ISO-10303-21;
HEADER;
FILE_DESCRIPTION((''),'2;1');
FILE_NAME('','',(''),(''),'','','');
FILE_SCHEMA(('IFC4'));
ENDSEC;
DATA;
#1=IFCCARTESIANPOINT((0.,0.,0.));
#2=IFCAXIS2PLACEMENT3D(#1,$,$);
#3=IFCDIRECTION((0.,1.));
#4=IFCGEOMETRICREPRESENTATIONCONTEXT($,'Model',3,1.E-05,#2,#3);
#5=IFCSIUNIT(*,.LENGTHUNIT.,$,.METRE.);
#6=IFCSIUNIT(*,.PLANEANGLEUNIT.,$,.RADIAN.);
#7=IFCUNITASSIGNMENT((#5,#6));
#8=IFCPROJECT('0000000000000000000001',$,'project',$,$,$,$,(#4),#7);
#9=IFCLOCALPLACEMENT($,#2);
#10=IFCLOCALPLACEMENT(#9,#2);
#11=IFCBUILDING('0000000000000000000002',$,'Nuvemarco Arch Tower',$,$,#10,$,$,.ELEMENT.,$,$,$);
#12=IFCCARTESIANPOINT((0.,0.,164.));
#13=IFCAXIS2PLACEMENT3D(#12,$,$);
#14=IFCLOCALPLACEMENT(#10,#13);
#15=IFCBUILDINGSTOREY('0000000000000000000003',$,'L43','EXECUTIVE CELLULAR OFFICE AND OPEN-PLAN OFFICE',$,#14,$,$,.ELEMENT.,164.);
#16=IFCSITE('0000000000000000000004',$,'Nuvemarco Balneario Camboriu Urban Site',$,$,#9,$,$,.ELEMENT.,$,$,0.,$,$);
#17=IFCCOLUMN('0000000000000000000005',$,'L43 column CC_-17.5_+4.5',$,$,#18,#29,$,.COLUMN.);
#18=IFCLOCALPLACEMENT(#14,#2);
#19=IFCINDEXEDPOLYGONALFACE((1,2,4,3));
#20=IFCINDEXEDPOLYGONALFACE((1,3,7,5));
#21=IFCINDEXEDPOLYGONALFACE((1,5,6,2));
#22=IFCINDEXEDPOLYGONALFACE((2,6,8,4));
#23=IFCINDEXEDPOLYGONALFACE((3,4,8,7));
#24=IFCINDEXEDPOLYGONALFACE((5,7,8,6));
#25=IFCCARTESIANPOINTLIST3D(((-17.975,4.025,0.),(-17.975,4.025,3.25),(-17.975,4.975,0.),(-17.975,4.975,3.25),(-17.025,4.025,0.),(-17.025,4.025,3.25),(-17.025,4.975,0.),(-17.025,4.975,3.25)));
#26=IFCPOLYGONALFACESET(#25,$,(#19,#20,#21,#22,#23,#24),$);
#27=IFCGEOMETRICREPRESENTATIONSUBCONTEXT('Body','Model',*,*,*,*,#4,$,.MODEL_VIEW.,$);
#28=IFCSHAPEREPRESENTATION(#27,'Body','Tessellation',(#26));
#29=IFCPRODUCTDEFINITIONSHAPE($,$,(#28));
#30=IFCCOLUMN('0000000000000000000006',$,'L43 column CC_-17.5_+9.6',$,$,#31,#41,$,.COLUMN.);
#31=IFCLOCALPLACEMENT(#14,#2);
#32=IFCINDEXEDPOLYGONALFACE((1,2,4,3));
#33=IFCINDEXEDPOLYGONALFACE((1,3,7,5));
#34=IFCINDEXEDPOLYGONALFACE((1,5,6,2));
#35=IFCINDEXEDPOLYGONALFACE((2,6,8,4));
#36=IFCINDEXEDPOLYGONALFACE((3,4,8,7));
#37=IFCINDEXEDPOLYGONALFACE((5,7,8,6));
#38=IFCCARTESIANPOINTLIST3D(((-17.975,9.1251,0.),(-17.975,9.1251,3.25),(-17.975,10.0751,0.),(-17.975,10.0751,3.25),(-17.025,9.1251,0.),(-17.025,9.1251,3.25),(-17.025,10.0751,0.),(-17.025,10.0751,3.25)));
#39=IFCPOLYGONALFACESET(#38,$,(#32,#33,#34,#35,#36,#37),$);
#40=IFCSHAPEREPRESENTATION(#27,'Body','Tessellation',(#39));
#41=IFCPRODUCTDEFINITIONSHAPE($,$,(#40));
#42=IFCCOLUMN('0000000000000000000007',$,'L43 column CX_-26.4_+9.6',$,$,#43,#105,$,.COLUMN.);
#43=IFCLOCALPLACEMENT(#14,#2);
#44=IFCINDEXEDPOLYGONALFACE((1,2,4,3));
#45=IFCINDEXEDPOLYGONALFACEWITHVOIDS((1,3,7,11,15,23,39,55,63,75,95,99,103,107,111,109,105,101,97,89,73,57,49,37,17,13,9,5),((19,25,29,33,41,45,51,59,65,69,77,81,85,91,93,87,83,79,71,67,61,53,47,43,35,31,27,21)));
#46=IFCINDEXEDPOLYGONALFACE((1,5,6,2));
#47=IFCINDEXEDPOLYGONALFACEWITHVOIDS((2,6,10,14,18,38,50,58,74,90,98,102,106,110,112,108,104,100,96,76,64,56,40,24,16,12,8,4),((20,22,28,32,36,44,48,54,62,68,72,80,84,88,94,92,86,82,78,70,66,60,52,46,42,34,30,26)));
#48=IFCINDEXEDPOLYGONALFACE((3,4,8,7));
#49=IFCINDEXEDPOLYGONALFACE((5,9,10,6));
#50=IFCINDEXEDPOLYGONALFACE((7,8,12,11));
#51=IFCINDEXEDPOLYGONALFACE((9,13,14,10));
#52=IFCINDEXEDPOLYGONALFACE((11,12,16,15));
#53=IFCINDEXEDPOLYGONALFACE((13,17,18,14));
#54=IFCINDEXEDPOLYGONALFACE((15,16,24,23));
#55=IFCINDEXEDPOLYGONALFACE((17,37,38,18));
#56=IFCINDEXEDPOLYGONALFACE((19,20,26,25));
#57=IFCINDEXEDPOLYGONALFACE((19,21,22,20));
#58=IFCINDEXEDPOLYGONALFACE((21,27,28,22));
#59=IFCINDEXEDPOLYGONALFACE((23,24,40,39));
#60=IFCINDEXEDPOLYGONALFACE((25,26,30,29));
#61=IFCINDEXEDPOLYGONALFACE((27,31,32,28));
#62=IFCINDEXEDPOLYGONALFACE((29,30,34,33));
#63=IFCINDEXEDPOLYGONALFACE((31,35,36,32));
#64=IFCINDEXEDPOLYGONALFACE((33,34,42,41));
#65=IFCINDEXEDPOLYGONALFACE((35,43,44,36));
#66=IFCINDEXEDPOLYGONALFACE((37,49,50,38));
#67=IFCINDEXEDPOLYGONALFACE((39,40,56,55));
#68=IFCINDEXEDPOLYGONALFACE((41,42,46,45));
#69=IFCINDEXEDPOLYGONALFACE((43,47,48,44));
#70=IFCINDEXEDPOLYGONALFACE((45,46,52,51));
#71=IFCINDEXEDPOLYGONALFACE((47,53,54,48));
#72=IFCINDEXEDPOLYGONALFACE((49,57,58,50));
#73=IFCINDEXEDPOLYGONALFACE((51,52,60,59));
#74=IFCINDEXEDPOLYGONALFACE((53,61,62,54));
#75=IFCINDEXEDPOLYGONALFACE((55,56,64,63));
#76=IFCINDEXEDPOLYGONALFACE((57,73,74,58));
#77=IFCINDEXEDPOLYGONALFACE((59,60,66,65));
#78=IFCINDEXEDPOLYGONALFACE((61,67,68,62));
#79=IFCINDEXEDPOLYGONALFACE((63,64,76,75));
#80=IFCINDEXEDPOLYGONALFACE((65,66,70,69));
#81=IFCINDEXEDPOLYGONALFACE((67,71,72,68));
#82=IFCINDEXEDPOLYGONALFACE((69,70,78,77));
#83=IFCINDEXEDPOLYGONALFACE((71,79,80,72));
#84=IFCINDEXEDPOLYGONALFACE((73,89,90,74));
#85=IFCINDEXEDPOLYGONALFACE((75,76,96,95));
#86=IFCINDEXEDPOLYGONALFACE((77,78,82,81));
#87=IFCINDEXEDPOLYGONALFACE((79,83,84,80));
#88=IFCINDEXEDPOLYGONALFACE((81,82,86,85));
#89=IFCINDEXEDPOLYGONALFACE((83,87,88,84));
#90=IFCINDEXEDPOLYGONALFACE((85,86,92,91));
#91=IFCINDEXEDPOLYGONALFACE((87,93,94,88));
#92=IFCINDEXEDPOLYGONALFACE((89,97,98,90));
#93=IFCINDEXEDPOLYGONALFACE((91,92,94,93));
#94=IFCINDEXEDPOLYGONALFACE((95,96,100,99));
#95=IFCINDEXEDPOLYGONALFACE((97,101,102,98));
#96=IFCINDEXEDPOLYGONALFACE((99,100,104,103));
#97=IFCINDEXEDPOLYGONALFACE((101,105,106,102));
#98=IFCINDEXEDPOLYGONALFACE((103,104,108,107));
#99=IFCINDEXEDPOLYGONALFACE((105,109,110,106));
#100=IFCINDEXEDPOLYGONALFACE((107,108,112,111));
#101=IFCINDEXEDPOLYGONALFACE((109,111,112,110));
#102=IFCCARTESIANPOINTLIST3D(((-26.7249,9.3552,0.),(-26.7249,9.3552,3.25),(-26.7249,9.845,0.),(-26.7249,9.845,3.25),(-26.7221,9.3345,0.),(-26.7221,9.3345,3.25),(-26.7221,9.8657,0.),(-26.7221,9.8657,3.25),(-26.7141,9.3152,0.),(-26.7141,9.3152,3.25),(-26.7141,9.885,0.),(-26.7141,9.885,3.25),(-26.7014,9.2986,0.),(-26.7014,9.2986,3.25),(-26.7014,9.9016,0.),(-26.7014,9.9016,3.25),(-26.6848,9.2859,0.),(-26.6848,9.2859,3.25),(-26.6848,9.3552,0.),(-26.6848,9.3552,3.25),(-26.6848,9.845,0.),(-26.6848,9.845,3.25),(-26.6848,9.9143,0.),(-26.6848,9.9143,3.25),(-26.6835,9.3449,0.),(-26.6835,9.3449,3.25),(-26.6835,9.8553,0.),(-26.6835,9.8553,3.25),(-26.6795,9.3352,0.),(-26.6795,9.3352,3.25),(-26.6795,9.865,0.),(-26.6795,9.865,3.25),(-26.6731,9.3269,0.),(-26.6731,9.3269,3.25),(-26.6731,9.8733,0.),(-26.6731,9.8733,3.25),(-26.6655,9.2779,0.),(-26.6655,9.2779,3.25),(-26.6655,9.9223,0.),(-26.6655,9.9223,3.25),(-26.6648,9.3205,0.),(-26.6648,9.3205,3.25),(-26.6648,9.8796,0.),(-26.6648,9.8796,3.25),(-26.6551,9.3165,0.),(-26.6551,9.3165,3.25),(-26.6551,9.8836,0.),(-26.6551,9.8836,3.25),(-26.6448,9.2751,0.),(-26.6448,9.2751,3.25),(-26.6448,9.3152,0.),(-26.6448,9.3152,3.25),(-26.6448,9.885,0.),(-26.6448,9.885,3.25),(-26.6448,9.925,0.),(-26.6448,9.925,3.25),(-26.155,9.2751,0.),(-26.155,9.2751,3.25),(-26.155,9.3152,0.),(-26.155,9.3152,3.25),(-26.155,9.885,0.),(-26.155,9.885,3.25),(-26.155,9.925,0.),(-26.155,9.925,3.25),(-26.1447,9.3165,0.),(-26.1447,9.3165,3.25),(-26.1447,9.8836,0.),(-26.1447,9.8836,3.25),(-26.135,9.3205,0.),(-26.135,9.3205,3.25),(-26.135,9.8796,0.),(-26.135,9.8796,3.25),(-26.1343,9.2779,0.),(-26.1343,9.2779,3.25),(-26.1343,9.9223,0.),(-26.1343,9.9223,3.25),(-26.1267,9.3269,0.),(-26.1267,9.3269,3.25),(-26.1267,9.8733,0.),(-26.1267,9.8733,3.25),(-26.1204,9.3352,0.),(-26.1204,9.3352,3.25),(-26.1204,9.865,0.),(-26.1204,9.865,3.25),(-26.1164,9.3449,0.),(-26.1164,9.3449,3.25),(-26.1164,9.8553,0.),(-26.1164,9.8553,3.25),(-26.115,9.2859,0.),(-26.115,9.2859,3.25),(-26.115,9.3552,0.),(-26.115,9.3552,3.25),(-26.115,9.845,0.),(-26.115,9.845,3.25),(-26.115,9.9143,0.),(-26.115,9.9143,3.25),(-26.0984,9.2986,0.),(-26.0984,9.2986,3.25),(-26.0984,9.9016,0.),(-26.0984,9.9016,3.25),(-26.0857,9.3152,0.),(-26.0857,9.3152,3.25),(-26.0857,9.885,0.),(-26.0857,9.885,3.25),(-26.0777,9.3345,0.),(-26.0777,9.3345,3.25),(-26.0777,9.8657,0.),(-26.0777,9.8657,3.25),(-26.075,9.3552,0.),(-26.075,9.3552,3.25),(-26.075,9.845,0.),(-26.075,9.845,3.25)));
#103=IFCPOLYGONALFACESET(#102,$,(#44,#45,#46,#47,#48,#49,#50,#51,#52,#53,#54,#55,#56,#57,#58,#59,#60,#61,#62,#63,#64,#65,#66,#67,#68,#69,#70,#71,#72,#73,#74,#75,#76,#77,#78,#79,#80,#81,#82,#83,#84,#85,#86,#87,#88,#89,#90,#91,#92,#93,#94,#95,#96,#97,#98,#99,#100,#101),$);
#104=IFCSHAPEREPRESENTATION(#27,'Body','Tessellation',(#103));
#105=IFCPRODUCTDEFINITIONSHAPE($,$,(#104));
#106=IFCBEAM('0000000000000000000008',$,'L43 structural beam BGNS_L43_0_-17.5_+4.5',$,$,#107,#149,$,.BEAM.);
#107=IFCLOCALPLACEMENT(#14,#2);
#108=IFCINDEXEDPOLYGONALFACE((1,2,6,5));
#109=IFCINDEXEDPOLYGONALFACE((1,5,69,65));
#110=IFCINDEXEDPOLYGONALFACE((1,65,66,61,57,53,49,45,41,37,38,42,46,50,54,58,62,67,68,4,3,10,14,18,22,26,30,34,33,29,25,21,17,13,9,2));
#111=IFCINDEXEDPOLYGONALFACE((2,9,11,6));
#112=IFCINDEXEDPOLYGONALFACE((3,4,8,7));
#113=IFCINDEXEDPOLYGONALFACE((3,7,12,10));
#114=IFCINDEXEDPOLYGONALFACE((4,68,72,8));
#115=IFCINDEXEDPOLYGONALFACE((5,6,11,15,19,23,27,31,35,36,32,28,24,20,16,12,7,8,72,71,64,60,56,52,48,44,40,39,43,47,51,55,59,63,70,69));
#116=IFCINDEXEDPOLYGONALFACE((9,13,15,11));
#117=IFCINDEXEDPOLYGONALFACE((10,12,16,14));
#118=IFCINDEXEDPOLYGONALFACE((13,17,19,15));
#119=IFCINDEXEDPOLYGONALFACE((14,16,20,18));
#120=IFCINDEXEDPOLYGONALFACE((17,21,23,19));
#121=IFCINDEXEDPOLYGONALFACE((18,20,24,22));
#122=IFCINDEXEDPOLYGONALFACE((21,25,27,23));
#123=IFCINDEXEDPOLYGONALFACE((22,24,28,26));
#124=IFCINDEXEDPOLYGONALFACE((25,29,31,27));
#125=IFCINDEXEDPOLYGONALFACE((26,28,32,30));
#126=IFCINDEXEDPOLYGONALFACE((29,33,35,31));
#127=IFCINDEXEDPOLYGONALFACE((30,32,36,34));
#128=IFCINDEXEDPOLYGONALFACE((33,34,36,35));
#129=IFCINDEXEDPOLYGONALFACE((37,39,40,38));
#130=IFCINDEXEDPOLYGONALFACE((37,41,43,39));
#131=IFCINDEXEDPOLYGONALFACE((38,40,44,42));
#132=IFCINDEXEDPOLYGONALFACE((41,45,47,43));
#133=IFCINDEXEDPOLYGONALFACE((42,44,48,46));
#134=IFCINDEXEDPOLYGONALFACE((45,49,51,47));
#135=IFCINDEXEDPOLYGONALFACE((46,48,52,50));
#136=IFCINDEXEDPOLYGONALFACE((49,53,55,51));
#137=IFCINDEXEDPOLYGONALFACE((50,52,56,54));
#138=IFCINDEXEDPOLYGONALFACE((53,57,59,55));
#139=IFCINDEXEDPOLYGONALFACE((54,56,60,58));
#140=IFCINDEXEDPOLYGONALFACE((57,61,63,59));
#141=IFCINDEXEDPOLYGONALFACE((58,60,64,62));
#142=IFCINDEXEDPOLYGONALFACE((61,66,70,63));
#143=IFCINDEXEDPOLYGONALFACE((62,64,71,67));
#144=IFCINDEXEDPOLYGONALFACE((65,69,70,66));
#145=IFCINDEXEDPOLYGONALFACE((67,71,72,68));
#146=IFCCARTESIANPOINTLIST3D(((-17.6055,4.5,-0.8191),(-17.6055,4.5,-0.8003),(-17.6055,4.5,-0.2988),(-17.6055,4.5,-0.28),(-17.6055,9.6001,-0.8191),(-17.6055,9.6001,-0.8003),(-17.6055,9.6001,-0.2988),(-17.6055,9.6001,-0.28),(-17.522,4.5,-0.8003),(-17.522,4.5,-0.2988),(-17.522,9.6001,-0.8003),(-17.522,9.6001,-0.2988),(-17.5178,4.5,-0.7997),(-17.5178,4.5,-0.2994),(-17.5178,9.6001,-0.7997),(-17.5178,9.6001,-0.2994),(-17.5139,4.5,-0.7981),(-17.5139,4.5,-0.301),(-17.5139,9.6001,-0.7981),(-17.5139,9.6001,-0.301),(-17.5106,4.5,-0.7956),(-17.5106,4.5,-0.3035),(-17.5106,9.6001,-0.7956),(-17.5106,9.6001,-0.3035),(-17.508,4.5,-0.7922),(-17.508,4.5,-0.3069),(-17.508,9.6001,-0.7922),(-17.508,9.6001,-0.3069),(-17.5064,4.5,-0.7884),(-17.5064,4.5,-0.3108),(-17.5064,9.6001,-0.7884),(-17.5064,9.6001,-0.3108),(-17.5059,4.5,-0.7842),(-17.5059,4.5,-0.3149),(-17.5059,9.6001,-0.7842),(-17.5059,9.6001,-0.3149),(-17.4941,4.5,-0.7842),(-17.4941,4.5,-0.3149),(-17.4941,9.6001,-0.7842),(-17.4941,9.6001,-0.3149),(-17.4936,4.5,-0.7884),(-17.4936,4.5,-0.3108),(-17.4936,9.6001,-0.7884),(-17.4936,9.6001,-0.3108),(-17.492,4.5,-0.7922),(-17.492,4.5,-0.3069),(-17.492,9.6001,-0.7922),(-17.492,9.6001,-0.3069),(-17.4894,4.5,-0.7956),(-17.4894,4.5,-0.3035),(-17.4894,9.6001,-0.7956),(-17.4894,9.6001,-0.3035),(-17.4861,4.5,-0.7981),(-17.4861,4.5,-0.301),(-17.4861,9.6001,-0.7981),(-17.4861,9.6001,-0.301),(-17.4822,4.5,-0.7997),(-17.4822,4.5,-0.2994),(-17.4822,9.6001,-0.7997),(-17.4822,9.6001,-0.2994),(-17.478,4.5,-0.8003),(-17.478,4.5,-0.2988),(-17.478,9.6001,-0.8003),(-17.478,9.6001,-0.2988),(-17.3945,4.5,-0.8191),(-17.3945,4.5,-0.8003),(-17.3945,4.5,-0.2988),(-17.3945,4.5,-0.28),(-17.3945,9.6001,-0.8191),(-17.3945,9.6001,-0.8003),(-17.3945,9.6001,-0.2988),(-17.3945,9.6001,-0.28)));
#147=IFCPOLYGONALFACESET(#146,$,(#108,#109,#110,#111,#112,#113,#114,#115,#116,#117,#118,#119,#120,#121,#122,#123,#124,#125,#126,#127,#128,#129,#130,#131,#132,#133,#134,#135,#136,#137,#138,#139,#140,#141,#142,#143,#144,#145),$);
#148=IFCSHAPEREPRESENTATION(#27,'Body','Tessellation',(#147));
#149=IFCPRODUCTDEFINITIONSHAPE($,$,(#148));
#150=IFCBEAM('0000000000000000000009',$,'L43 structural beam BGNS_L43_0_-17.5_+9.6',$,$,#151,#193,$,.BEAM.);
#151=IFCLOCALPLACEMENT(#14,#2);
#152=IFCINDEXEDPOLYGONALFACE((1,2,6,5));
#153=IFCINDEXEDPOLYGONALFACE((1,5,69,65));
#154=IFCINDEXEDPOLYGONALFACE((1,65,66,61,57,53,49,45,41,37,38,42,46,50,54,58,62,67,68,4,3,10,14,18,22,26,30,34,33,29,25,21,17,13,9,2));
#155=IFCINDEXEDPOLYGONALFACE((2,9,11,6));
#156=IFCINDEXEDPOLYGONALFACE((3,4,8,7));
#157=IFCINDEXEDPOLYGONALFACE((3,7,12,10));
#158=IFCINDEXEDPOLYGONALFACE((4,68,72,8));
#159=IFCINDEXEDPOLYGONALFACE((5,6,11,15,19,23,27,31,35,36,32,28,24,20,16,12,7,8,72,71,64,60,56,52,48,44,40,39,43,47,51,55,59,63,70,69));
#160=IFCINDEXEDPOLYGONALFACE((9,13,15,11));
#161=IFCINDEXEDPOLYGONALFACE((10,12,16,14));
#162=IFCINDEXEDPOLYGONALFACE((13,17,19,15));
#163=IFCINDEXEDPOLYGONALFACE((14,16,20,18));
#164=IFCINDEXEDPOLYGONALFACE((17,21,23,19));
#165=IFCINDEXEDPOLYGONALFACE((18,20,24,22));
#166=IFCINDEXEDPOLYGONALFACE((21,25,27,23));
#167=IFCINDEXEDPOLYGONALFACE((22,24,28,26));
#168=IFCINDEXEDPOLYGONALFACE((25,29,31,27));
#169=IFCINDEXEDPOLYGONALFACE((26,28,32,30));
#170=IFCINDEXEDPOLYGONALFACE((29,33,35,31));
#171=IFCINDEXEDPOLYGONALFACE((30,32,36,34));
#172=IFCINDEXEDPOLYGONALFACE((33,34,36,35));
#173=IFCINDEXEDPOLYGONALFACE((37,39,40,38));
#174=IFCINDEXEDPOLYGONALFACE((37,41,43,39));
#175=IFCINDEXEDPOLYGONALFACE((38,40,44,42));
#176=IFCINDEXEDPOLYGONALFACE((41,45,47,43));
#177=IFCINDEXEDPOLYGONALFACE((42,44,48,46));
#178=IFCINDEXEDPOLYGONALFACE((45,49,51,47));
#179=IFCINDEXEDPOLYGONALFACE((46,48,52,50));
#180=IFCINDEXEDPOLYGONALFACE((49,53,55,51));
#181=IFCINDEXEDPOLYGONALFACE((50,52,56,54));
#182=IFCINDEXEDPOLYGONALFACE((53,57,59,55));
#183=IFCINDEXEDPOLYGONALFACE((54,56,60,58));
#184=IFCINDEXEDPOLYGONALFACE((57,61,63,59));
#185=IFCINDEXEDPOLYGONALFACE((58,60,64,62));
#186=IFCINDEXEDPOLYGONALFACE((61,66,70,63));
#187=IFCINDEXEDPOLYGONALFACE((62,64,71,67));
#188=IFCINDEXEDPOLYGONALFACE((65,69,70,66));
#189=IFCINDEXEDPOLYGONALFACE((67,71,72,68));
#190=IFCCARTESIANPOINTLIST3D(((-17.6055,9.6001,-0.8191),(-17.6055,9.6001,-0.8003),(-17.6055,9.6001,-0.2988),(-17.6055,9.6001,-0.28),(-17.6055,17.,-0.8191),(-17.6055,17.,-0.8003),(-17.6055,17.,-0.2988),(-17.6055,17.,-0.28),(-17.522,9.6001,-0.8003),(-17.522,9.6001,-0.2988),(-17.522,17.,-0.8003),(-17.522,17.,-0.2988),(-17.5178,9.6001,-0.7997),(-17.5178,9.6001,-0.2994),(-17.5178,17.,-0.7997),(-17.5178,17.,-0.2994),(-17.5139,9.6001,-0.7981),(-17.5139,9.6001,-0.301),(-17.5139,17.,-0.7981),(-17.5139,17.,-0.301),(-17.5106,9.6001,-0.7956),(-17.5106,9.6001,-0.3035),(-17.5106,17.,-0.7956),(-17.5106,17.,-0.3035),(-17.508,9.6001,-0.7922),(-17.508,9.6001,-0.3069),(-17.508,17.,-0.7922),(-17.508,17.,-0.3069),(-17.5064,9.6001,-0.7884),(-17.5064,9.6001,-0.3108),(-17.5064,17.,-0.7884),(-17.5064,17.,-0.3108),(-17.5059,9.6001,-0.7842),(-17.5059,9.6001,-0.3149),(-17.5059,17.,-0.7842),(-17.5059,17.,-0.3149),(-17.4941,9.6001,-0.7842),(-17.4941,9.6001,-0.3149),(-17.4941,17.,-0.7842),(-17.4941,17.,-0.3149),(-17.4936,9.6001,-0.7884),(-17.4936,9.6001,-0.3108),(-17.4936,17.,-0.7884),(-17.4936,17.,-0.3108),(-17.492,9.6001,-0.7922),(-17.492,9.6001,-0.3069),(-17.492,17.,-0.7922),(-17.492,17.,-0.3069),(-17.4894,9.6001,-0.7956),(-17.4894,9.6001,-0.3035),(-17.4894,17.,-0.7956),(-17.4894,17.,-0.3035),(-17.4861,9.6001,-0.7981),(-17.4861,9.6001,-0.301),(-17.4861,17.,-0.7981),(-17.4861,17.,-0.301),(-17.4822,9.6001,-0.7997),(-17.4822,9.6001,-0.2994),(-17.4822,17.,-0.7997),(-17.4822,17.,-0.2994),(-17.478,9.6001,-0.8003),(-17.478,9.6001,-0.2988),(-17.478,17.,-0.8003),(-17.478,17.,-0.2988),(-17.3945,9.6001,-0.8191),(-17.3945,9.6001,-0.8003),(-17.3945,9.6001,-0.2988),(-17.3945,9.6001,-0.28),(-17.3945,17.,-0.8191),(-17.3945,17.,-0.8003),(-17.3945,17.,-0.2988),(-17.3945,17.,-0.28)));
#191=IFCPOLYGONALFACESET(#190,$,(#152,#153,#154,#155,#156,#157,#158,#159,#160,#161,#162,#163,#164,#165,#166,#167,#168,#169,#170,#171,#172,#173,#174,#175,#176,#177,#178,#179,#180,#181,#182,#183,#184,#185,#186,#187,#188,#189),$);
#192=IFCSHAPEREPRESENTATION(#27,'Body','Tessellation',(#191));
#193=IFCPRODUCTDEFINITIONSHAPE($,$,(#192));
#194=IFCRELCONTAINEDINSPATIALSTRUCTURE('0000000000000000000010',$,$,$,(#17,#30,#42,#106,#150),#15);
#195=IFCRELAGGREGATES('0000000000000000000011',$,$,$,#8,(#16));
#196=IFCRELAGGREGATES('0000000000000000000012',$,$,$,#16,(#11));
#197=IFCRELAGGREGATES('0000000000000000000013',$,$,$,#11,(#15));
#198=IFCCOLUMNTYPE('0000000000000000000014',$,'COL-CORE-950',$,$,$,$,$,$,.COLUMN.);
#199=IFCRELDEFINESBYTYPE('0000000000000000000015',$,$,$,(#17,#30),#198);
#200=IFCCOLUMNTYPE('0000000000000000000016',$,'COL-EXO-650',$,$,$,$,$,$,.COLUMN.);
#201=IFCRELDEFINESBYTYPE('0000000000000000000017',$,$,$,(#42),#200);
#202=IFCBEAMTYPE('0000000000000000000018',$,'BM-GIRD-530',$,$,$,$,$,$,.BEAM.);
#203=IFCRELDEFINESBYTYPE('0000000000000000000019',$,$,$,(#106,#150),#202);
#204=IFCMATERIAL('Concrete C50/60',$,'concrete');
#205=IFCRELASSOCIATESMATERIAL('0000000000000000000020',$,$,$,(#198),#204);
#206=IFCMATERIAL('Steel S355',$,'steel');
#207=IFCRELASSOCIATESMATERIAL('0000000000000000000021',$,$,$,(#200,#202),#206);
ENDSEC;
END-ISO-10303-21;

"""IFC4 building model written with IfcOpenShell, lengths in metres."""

from ifc_helpers import new_model, si_unit, direction, frame, origin, origin_2d, place, context, subcontext, project, spatial, rectangle, hollow_rectangle, i_section, extrude, material, material_profile, profile_set, type_object, element, save


model = new_model("IFC4")

# Units and contexts
model_context = context("Model", 3, precision=1e-05, world=origin(), true_north=direction((0.0, 1.0)))
body_context = subcontext(model_context, "Body", "Model", "MODEL_VIEW")
ifc_project = project(units=[si_unit("LENGTHUNIT", "METRE"), si_unit("PLANEANGLEUNIT", "RADIAN")], contexts=[model_context])

# Site, building, storey
site_placement = place(None, origin())
site = spatial("IfcSite", under=ifc_project, at=site_placement, Name="Nuvemarco Balneario Camboriu Urban Site", CompositionType="ELEMENT", RefElevation=0.0)
building_placement = place(site_placement, origin())
building = spatial("IfcBuilding", under=site, at=building_placement, Name="Nuvemarco Arch Tower", CompositionType="ELEMENT")
storey_placement = place(building_placement, frame((0.0, 0.0, 164.0)))
storey = spatial("IfcBuildingStorey", under=building, at=storey_placement, Name="L43", Description="EXECUTIVE CELLULAR OFFICE AND OPEN-PLAN OFFICE", CompositionType="ELEMENT", Elevation=164.0)

# Columns
ifc_material_1 = material(Name="Concrete C50/60", Category="concrete")
ifc_material_profile_1 = material_profile(ifc_material_1, rectangle(XDim=0.95, YDim=0.95, at=origin_2d()), Name="RC-COL-950x950")
ifc_profile_set_1 = profile_set([ifc_material_profile_1], Name="Concrete C50/60")
column_type_1 = type_object("IfcColumnType", Name="COL-CORE-950", PredefinedType="COLUMN", material=ifc_profile_set_1)
for number, where, z_axis, x_axis, name in (
    (1, (-17.5, 4.5, 0.0), (0.0, 0.0, 1.0), (1.0, 0.0, 0.0), "L43 column CC_-17.5_+4.5"),
    (2, (-17.5, 9.6001, 0.0), (0.0, 0.0, 1.0), (1.0, 0.0, 0.0), "L43 column CC_-17.5_+9.6"),
):
    element("IfcColumn", number, at=place(storey_placement, frame(where, z_axis=z_axis, x_axis=x_axis)), inside=storey, type_object=column_type_1, Name=name, PredefinedType="COLUMN", context=body_context, shape_type="SweptSolid", body=[
        extrude(rectangle(XDim=0.95, YDim=0.95, at=origin_2d()), origin(), (0.0, 0.0, 1.0), 3.25),
    ])
ifc_material_2 = material(Name="Steel S355", Category="steel")
ifc_material_profile_2 = material_profile(ifc_material_2, hollow_rectangle(XDim=0.6499, YDim=0.6499, WallThickness=0.04, InnerFilletRadius=0.04, OuterFilletRadius=0.0801, at=origin_2d()), Name="SHS650x650x40")
ifc_profile_set_2 = profile_set([ifc_material_profile_2], Name="Steel S355")
column_type_2 = type_object("IfcColumnType", Name="COL-EXO-650", PredefinedType="COLUMN", material=ifc_profile_set_2)
column_placement = place(storey_placement, frame((-26.3999, 9.6001, 0.0), z_axis=(0.0, 0.0, 1.0), x_axis=(1.0, 0.0, 0.0)))
element("IfcColumn", 3, at=column_placement, inside=storey, type_object=column_type_2, Name="L43 column CX_-26.4_+9.6", PredefinedType="COLUMN", context=body_context, shape_type="SweptSolid", body=[
    extrude(hollow_rectangle(XDim=0.6499, YDim=0.6499, WallThickness=0.04, InnerFilletRadius=0.04, OuterFilletRadius=0.0801, at=origin_2d()), origin(), (0.0, 0.0, 1.0), 3.25),
])

# Beams
ifc_material_profile_3 = material_profile(ifc_material_2, i_section(OverallWidth=0.2109, OverallDepth=0.5391, WebThickness=0.0117, FlangeThickness=0.0188, FilletRadius=0.0161, at=origin_2d()), Name="W530x109")
ifc_profile_set_3 = profile_set([ifc_material_profile_3], Name="Steel S355")
beam_type_1 = type_object("IfcBeamType", Name="BM-GIRD-530", PredefinedType="BEAM", material=ifc_profile_set_3)
beam_1_placement = place(storey_placement, frame((-17.5, 4.5, -0.5496), z_axis=(0.0, 1.0, 0.0), x_axis=(-1.0, 0.0, 0.0)))
element("IfcBeam", 4, at=beam_1_placement, inside=storey, type_object=beam_type_1, Name="L43 structural beam BGNS_L43_0_-17.5_+4.5", PredefinedType="BEAM", context=body_context, shape_type="SweptSolid", body=[
    extrude(i_section(OverallWidth=0.2109, OverallDepth=0.5391, WebThickness=0.0117, FlangeThickness=0.0188, FilletRadius=0.0161, at=origin_2d()), origin(), (0.0, 0.0, 1.0), 5.1001),
])
beam_2_placement = place(storey_placement, frame((-17.5, 9.6001, -0.5496), z_axis=(0.0, 1.0, 0.0), x_axis=(-1.0, 0.0, 0.0)))
element("IfcBeam", 5, at=beam_2_placement, inside=storey, type_object=beam_type_1, Name="L43 structural beam BGNS_L43_0_-17.5_+9.6", PredefinedType="BEAM", context=body_context, shape_type="SweptSolid", body=[
    extrude(i_section(OverallWidth=0.2109, OverallDepth=0.5391, WebThickness=0.0117, FlangeThickness=0.0188, FilletRadius=0.0161, at=origin_2d()), origin(), (0.0, 0.0, 1.0), 7.3999),
])

save(model, "model.ifc")
